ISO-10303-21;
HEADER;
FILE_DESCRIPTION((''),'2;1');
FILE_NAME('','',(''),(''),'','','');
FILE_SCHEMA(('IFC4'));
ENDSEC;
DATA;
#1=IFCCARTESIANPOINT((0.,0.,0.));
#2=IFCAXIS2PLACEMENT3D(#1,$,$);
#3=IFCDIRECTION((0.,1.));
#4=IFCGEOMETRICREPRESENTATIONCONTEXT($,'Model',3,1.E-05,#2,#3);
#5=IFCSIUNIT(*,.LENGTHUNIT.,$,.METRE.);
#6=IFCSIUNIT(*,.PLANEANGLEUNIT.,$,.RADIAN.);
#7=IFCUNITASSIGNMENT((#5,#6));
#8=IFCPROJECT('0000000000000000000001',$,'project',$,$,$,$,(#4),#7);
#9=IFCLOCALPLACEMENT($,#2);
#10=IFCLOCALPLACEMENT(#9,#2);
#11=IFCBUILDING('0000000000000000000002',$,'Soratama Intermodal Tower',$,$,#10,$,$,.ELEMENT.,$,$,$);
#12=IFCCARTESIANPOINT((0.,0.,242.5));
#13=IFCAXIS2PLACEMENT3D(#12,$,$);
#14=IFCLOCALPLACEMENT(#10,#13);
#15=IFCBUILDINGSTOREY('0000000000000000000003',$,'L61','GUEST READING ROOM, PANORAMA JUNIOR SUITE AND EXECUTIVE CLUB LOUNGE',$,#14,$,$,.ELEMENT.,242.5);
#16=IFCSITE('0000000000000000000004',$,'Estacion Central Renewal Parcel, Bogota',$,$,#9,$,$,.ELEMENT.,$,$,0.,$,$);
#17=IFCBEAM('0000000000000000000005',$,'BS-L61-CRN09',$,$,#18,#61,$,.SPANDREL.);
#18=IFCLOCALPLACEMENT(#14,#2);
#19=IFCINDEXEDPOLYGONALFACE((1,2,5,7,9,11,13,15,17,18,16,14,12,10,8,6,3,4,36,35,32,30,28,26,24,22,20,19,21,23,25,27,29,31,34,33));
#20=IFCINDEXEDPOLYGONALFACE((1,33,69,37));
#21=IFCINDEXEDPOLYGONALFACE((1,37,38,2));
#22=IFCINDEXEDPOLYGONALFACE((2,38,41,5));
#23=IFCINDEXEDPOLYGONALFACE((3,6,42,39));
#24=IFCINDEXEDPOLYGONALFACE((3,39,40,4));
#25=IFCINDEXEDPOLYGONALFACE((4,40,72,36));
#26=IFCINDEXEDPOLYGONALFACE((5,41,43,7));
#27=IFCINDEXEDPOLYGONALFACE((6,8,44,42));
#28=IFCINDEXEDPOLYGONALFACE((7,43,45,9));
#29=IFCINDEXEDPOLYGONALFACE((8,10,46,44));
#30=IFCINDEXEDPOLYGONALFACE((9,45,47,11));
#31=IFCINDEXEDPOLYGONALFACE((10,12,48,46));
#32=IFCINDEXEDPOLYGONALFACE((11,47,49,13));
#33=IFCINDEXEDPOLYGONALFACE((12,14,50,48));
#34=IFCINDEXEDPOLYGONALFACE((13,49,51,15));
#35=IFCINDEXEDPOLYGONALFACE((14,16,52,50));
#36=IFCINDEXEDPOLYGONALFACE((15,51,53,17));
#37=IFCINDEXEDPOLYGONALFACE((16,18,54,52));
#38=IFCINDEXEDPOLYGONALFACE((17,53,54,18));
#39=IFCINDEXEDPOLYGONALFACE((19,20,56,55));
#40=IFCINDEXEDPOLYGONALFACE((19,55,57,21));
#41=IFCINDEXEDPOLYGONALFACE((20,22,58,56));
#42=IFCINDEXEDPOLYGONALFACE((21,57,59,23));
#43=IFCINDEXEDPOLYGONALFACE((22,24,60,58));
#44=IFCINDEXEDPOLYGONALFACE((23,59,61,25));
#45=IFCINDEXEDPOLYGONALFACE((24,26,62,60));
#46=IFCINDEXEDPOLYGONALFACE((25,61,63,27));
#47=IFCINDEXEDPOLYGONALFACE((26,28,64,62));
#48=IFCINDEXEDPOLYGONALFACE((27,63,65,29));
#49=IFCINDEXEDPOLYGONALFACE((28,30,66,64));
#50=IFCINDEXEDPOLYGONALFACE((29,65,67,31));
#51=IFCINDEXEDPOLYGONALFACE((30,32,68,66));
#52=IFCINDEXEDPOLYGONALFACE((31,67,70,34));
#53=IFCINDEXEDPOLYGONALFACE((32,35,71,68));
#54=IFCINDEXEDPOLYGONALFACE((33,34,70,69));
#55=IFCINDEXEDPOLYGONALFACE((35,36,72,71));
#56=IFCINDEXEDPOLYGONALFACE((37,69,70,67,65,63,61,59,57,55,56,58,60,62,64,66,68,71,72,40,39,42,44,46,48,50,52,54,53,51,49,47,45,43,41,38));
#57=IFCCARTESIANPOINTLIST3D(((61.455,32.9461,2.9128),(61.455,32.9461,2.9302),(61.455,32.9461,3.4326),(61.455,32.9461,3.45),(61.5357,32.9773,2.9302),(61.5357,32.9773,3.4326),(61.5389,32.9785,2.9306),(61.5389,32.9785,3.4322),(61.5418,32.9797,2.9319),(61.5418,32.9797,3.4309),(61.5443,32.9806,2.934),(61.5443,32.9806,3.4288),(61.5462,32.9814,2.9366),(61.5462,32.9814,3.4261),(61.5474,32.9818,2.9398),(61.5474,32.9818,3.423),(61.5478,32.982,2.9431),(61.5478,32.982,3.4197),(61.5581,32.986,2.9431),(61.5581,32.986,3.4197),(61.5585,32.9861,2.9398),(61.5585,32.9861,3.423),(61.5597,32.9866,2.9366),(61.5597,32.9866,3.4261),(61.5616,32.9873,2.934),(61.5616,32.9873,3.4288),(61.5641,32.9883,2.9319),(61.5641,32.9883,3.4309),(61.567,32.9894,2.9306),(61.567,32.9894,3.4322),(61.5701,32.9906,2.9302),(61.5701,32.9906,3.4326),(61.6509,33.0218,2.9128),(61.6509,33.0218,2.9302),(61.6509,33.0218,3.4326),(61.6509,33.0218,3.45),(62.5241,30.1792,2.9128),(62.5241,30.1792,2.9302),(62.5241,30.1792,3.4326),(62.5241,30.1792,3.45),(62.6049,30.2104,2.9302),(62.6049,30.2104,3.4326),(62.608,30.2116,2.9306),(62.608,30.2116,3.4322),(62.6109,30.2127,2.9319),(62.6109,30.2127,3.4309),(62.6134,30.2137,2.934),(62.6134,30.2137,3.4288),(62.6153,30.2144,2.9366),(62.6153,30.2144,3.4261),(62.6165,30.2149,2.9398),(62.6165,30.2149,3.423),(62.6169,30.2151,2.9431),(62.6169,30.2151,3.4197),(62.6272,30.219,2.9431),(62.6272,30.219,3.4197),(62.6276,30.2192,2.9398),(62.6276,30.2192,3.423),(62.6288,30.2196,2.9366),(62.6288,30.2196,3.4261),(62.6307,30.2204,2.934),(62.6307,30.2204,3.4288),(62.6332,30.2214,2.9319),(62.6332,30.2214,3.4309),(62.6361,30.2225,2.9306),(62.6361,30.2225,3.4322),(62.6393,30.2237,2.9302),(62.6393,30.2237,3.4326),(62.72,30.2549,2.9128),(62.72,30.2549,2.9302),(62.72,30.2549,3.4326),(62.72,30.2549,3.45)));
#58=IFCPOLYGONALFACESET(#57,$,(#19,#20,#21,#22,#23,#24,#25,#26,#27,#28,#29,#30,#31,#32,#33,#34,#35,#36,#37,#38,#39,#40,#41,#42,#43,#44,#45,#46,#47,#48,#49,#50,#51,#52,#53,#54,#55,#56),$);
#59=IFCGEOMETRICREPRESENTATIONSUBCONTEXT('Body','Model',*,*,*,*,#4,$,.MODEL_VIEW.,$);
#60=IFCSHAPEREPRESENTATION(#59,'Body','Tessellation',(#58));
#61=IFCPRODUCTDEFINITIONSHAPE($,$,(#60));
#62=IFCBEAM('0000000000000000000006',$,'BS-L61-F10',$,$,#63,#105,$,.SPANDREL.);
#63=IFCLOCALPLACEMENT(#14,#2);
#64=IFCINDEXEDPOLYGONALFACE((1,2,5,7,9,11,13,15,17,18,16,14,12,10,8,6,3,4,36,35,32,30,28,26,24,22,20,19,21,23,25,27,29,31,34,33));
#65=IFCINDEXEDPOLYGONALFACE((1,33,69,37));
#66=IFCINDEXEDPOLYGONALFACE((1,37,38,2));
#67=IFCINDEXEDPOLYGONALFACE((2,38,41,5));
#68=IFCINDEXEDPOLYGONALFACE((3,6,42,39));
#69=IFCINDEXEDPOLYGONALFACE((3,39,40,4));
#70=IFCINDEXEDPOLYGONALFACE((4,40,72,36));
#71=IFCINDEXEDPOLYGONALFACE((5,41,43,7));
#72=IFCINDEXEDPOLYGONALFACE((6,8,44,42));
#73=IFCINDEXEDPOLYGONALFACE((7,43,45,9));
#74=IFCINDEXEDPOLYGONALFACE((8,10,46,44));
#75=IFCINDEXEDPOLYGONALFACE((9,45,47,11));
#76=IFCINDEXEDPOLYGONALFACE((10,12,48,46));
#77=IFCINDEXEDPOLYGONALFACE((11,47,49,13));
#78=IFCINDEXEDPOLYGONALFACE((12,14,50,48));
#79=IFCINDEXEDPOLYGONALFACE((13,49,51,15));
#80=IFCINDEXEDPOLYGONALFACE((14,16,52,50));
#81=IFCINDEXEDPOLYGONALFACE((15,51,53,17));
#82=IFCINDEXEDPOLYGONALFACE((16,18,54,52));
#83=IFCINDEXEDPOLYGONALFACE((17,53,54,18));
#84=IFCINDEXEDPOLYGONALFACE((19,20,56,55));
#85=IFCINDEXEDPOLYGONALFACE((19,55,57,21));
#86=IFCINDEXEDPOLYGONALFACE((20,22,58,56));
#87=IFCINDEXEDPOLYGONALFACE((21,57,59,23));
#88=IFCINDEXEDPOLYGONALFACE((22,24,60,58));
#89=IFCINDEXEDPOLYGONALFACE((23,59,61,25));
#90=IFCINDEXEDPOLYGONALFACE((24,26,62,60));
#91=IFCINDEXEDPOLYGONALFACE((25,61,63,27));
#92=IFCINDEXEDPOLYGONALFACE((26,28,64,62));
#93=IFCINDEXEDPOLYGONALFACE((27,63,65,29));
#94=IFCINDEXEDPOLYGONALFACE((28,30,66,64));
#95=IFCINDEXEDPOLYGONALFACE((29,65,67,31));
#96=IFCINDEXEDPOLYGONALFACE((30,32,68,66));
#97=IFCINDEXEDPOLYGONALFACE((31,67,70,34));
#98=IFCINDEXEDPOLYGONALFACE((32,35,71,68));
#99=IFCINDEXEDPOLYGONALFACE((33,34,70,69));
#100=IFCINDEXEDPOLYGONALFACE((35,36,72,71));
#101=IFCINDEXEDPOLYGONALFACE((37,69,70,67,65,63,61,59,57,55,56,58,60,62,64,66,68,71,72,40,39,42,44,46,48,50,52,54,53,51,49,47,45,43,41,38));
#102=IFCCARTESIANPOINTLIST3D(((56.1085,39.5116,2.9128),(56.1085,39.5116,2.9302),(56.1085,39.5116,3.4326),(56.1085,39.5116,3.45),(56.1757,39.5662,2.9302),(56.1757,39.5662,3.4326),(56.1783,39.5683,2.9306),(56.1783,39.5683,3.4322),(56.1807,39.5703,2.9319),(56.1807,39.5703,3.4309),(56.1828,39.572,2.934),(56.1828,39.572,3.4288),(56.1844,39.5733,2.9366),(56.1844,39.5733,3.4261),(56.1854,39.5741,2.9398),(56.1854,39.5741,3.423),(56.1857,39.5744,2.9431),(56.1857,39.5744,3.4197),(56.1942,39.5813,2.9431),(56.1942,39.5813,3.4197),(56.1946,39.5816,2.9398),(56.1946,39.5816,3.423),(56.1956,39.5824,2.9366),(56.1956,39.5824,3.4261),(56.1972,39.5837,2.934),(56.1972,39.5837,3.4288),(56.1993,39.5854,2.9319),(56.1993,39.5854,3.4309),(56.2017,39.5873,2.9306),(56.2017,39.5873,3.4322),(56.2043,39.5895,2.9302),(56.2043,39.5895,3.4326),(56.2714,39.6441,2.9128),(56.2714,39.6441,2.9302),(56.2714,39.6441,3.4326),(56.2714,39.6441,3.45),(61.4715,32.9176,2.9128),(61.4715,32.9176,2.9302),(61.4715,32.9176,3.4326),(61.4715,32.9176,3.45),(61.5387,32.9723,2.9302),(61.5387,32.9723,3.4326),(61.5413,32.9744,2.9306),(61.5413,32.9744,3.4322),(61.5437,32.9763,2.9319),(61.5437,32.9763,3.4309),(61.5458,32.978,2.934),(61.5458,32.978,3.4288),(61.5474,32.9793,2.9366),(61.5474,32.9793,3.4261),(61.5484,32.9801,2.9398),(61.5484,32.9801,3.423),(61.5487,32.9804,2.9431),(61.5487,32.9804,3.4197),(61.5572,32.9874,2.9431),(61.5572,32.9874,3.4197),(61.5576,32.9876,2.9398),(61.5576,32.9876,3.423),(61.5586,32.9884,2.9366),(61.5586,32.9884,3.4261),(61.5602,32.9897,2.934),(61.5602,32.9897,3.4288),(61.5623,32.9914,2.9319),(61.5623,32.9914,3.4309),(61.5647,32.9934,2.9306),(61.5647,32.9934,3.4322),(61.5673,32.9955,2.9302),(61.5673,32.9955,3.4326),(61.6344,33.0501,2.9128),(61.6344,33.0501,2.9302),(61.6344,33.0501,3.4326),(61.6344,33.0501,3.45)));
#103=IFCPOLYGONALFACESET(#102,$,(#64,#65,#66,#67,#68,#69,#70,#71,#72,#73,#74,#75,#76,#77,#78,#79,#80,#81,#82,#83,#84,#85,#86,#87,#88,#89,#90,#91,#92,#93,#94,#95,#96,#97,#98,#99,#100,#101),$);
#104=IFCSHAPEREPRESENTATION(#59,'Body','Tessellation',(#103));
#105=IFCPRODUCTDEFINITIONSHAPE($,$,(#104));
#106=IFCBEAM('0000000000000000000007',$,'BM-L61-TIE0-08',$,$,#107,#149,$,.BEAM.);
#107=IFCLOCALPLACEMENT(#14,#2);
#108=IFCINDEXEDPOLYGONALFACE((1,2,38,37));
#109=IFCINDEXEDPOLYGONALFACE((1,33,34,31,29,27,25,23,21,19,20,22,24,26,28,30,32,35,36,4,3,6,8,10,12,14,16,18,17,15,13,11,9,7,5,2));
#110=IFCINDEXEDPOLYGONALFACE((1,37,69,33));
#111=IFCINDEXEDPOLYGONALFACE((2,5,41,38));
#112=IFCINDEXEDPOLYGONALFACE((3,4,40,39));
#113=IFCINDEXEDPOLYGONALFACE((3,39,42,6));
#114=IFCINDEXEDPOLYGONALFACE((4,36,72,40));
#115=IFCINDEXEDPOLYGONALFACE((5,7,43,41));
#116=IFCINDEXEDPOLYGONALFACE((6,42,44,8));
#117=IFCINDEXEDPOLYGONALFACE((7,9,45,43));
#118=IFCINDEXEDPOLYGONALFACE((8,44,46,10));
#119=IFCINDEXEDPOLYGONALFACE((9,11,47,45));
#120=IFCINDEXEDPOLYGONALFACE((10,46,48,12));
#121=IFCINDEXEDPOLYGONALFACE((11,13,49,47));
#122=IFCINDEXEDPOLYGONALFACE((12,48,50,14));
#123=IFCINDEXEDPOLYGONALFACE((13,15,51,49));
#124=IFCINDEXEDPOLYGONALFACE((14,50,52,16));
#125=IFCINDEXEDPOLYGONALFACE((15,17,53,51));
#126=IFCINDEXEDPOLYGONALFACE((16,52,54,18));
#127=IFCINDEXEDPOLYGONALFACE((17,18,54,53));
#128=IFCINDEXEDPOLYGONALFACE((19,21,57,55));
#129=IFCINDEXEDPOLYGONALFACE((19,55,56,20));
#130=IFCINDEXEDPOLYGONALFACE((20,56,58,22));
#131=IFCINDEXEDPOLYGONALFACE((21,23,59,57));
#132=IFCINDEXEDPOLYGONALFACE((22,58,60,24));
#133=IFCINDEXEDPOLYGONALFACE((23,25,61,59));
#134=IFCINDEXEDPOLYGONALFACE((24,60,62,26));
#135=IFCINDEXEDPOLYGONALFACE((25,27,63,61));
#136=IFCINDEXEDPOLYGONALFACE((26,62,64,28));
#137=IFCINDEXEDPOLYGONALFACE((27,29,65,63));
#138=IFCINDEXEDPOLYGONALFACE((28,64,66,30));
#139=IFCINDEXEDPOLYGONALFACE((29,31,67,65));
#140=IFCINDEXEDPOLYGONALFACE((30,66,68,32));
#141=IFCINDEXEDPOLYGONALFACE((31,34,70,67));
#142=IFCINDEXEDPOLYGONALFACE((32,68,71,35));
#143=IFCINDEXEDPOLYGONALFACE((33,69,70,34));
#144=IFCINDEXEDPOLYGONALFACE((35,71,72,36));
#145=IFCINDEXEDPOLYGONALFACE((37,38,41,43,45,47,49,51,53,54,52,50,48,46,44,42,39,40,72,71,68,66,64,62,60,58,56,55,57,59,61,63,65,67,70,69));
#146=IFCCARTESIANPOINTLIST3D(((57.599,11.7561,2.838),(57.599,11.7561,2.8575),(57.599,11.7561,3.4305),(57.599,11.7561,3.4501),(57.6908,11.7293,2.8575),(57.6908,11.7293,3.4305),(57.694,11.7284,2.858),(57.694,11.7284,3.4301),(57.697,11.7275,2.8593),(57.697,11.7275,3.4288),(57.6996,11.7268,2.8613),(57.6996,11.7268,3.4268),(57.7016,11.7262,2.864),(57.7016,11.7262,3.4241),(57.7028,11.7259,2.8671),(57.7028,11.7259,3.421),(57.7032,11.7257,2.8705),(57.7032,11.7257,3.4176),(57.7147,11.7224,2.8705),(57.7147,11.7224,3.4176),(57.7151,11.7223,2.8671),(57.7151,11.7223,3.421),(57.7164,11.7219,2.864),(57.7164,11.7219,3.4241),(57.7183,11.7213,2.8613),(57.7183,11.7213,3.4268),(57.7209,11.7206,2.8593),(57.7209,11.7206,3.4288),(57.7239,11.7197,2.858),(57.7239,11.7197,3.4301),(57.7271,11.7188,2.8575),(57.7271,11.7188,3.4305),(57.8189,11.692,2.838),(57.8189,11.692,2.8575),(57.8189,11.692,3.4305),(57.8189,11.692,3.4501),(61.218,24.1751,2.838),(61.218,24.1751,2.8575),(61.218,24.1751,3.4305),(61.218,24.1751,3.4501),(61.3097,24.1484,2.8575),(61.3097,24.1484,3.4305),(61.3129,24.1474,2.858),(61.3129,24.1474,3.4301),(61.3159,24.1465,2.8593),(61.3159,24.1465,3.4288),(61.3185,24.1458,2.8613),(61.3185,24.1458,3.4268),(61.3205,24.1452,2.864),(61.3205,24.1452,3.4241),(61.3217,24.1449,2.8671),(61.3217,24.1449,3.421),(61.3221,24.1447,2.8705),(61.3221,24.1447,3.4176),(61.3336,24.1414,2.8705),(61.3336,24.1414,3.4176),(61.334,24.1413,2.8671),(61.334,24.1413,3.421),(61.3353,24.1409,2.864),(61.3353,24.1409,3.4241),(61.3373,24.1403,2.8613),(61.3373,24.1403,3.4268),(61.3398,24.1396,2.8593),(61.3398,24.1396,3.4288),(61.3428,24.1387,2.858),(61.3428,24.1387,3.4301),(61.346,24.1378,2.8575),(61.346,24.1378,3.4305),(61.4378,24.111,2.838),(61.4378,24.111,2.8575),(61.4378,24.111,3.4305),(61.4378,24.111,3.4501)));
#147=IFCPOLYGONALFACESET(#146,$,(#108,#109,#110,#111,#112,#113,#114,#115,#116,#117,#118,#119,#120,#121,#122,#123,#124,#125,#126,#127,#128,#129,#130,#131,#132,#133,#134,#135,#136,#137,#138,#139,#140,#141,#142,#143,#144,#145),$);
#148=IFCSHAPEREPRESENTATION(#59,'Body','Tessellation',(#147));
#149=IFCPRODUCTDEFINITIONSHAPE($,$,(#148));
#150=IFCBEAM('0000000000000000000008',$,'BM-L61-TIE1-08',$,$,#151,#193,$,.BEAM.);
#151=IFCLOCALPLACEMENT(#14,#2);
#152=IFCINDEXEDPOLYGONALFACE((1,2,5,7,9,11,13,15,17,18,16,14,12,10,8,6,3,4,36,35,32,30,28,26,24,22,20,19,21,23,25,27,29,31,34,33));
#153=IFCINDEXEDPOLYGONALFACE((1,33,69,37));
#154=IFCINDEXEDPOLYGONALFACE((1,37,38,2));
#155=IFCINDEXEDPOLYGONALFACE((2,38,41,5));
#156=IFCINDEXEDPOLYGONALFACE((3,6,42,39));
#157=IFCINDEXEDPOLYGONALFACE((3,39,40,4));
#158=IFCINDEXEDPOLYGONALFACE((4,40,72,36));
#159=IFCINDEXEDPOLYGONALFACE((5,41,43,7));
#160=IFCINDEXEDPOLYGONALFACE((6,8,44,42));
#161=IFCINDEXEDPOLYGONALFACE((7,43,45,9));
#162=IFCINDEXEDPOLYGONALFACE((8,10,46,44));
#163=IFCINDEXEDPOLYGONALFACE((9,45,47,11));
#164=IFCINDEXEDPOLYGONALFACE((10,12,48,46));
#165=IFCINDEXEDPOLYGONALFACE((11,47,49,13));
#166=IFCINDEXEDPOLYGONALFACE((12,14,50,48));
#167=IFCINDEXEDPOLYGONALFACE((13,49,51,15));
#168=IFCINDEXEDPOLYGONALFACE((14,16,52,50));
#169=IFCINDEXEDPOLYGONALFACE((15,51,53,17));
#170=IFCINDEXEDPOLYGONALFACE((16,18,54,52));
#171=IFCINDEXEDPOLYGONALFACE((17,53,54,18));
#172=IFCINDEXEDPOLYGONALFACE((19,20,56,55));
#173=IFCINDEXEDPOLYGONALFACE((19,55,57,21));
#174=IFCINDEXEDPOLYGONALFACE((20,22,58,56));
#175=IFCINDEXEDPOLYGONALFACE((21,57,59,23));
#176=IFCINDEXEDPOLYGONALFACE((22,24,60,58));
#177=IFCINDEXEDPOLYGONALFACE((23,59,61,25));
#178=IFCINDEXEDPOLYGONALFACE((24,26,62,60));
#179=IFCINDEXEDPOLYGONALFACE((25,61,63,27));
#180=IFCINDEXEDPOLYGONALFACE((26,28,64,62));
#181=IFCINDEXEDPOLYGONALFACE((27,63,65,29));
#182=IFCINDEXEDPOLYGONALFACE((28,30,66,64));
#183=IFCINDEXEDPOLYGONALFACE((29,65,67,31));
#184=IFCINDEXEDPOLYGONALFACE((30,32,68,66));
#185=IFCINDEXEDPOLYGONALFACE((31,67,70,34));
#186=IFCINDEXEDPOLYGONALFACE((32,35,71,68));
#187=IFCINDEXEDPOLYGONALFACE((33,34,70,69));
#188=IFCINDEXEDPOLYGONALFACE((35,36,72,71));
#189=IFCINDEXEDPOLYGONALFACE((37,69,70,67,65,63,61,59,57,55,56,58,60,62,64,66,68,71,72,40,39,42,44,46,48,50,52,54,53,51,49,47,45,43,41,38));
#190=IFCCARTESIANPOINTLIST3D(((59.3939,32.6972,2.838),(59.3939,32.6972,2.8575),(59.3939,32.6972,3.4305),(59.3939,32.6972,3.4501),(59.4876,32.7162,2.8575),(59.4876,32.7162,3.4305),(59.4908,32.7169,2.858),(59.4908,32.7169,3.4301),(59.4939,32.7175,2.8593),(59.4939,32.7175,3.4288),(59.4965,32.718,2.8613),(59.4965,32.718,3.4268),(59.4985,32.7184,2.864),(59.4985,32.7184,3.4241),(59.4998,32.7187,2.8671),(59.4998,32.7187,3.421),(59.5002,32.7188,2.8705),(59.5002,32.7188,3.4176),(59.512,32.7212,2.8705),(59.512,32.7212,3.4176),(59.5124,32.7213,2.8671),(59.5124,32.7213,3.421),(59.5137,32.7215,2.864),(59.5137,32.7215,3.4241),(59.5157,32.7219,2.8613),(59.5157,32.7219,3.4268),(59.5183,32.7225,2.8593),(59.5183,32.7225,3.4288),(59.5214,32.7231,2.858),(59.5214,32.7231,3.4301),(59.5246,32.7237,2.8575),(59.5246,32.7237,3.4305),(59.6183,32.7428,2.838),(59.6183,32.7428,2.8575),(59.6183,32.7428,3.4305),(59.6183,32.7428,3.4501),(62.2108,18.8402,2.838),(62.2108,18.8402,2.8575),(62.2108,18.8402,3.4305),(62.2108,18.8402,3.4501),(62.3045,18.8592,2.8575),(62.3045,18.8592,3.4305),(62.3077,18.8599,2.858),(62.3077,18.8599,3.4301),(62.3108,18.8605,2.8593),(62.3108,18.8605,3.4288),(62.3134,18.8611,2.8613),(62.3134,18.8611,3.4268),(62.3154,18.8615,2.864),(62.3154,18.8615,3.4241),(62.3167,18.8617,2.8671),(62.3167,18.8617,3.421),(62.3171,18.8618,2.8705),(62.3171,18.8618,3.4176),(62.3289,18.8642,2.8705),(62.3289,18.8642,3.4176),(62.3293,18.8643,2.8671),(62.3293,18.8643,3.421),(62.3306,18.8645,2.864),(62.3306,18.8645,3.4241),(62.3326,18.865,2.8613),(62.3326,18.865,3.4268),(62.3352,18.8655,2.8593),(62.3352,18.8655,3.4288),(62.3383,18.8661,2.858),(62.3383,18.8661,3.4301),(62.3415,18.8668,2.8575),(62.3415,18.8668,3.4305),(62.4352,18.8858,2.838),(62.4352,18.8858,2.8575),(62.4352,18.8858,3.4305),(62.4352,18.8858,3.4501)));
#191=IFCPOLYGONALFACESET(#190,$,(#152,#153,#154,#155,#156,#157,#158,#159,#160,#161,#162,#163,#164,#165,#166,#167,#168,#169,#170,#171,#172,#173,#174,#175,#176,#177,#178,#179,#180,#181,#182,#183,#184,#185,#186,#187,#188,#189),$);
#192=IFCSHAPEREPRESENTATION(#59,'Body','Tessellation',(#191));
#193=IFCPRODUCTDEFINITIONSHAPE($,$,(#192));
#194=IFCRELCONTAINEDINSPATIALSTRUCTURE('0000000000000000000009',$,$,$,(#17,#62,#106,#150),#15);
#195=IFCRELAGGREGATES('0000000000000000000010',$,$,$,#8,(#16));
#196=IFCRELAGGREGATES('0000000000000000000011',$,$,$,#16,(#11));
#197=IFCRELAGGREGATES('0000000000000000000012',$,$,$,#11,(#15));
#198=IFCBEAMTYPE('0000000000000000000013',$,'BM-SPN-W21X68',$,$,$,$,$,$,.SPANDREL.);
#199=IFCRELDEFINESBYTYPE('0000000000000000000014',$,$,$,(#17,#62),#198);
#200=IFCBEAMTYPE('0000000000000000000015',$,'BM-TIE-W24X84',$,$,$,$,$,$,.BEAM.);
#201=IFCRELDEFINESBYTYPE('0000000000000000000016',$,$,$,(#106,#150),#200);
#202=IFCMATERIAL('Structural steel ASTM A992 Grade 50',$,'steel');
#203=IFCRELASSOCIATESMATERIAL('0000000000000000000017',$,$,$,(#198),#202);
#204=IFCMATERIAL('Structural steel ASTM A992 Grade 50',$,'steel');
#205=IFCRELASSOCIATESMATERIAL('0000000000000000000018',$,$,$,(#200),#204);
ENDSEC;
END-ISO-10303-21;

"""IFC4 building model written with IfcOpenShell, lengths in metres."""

from ifc_helpers import new_model, si_unit, direction, frame, origin, origin_2d, place, context, subcontext, project, spatial, i_section, extrude, material, material_profile, profile_set, type_object, element, save


model = new_model("IFC4")

# Units and contexts
model_context = context("Model", 3, precision=1e-05, world=origin(), true_north=direction((0.0, 1.0)))
body_context = subcontext(model_context, "Body", "Model", "MODEL_VIEW")
ifc_project = project(units=[si_unit("LENGTHUNIT", "METRE"), si_unit("PLANEANGLEUNIT", "RADIAN")], contexts=[model_context])

# Site, building, storey
site_placement = place(None, origin())
site = spatial("IfcSite", under=ifc_project, at=site_placement, Name="Estacion Central Renewal Parcel, Bogota", CompositionType="ELEMENT", RefElevation=0.0)
building_placement = place(site_placement, origin())
building = spatial("IfcBuilding", under=site, at=building_placement, Name="Soratama Intermodal Tower", CompositionType="ELEMENT")
storey_placement = place(building_placement, frame((0.0, 0.0, 242.5)))
storey = spatial("IfcBuildingStorey", under=building, at=storey_placement, Name="L61", Description="GUEST READING ROOM, PANORAMA JUNIOR SUITE AND EXECUTIVE CLUB LOUNGE", CompositionType="ELEMENT", Elevation=242.5)

# Beams
ifc_material_1 = material(Name="Structural steel ASTM A992 Grade 50", Category="steel")
ifc_material_profile_1 = material_profile(ifc_material_1, i_section(OverallWidth=0.21, OverallDepth=0.5371, WebThickness=0.011, FlangeThickness=0.0173, FilletRadius=0.0129, at=origin_2d()), Name="W21X68")
ifc_profile_set_1 = profile_set([ifc_material_profile_1], Name="Structural steel ASTM A992 Grade 50")
beam_type_1 = type_object("IfcBeamType", Name="BM-SPN-W21X68", PredefinedType="SPANDREL", material=ifc_profile_set_1)
beam_1_placement = place(storey_placement, frame((62.6221, 30.217, 3.1814), z_axis=(-0.360424, 0.932789, 0.0), x_axis=(-0.932789, -0.360424, 0.0)))
element("IfcBeam", 1, at=beam_1_placement, inside=storey, type_object=beam_type_1, Name="BS-L61-CRN09", PredefinedType="SPANDREL", context=body_context, shape_type="SweptSolid", body=[
    extrude(i_section(OverallWidth=0.21, OverallDepth=0.5371, WebThickness=0.011, FlangeThickness=0.0173, FilletRadius=0.0129, at=origin_2d()), origin(), (0.0, 0.0, 1.0), 2.9663),
])
beam_2_placement = place(storey_placement, frame((61.553, 32.9839, 3.1814), z_axis=(-0.630976, 0.775802, 0.0), x_axis=(-0.775802, -0.630976, 0.0)))
element("IfcBeam", 2, at=beam_2_placement, inside=storey, type_object=beam_type_1, Name="BS-L61-F10", PredefinedType="SPANDREL", context=body_context, shape_type="SweptSolid", body=[
    extrude(i_section(OverallWidth=0.21, OverallDepth=0.5371, WebThickness=0.011, FlangeThickness=0.0173, FilletRadius=0.0129, at=origin_2d()), origin(), (0.0, 0.0, 1.0), 8.4995),
])
ifc_material_2 = material(Name="Structural steel ASTM A992 Grade 50", Category="steel")
ifc_material_profile_2 = material_profile(ifc_material_2, i_section(OverallWidth=0.229, OverallDepth=0.6121, WebThickness=0.012, FlangeThickness=0.0195, FilletRadius=0.0129, at=origin_2d()), Name="W24X84")
ifc_profile_set_2 = profile_set([ifc_material_profile_2], Name="Structural steel ASTM A992 Grade 50")
beam_type_2 = type_object("IfcBeamType", Name="BM-TIE-W24X84", PredefinedType="BEAM", material=ifc_profile_set_2)
beam_3_placement = place(storey_placement, frame((61.3279, 24.1431, 3.144), z_axis=(-0.279765, -0.960068, 0.0), x_axis=(0.960068, -0.279765, 0.0)))
element("IfcBeam", 3, at=beam_3_placement, inside=storey, type_object=beam_type_2, Name="BM-L61-TIE0-08", PredefinedType="BEAM", context=body_context, shape_type="SweptSolid", body=[
    extrude(i_section(OverallWidth=0.229, OverallDepth=0.6121, WebThickness=0.012, FlangeThickness=0.0195, FilletRadius=0.0129, at=origin_2d()), origin(), (0.0, 0.0, 1.0), 12.9355),
])
beam_4_placement = place(storey_placement, frame((59.5061, 32.72, 3.144), z_axis=(0.19921, -0.979957, 0.0), x_axis=(0.979957, 0.19921, 0.0)))
element("IfcBeam", 4, at=beam_4_placement, inside=storey, type_object=beam_type_2, Name="BM-L61-TIE1-08", PredefinedType="BEAM", context=body_context, shape_type="SweptSolid", body=[
    extrude(i_section(OverallWidth=0.229, OverallDepth=0.6121, WebThickness=0.012, FlangeThickness=0.0195, FilletRadius=0.0129, at=origin_2d()), origin(), (0.0, 0.0, 1.0), 14.1404),
])

save(model, "model.ifc")
